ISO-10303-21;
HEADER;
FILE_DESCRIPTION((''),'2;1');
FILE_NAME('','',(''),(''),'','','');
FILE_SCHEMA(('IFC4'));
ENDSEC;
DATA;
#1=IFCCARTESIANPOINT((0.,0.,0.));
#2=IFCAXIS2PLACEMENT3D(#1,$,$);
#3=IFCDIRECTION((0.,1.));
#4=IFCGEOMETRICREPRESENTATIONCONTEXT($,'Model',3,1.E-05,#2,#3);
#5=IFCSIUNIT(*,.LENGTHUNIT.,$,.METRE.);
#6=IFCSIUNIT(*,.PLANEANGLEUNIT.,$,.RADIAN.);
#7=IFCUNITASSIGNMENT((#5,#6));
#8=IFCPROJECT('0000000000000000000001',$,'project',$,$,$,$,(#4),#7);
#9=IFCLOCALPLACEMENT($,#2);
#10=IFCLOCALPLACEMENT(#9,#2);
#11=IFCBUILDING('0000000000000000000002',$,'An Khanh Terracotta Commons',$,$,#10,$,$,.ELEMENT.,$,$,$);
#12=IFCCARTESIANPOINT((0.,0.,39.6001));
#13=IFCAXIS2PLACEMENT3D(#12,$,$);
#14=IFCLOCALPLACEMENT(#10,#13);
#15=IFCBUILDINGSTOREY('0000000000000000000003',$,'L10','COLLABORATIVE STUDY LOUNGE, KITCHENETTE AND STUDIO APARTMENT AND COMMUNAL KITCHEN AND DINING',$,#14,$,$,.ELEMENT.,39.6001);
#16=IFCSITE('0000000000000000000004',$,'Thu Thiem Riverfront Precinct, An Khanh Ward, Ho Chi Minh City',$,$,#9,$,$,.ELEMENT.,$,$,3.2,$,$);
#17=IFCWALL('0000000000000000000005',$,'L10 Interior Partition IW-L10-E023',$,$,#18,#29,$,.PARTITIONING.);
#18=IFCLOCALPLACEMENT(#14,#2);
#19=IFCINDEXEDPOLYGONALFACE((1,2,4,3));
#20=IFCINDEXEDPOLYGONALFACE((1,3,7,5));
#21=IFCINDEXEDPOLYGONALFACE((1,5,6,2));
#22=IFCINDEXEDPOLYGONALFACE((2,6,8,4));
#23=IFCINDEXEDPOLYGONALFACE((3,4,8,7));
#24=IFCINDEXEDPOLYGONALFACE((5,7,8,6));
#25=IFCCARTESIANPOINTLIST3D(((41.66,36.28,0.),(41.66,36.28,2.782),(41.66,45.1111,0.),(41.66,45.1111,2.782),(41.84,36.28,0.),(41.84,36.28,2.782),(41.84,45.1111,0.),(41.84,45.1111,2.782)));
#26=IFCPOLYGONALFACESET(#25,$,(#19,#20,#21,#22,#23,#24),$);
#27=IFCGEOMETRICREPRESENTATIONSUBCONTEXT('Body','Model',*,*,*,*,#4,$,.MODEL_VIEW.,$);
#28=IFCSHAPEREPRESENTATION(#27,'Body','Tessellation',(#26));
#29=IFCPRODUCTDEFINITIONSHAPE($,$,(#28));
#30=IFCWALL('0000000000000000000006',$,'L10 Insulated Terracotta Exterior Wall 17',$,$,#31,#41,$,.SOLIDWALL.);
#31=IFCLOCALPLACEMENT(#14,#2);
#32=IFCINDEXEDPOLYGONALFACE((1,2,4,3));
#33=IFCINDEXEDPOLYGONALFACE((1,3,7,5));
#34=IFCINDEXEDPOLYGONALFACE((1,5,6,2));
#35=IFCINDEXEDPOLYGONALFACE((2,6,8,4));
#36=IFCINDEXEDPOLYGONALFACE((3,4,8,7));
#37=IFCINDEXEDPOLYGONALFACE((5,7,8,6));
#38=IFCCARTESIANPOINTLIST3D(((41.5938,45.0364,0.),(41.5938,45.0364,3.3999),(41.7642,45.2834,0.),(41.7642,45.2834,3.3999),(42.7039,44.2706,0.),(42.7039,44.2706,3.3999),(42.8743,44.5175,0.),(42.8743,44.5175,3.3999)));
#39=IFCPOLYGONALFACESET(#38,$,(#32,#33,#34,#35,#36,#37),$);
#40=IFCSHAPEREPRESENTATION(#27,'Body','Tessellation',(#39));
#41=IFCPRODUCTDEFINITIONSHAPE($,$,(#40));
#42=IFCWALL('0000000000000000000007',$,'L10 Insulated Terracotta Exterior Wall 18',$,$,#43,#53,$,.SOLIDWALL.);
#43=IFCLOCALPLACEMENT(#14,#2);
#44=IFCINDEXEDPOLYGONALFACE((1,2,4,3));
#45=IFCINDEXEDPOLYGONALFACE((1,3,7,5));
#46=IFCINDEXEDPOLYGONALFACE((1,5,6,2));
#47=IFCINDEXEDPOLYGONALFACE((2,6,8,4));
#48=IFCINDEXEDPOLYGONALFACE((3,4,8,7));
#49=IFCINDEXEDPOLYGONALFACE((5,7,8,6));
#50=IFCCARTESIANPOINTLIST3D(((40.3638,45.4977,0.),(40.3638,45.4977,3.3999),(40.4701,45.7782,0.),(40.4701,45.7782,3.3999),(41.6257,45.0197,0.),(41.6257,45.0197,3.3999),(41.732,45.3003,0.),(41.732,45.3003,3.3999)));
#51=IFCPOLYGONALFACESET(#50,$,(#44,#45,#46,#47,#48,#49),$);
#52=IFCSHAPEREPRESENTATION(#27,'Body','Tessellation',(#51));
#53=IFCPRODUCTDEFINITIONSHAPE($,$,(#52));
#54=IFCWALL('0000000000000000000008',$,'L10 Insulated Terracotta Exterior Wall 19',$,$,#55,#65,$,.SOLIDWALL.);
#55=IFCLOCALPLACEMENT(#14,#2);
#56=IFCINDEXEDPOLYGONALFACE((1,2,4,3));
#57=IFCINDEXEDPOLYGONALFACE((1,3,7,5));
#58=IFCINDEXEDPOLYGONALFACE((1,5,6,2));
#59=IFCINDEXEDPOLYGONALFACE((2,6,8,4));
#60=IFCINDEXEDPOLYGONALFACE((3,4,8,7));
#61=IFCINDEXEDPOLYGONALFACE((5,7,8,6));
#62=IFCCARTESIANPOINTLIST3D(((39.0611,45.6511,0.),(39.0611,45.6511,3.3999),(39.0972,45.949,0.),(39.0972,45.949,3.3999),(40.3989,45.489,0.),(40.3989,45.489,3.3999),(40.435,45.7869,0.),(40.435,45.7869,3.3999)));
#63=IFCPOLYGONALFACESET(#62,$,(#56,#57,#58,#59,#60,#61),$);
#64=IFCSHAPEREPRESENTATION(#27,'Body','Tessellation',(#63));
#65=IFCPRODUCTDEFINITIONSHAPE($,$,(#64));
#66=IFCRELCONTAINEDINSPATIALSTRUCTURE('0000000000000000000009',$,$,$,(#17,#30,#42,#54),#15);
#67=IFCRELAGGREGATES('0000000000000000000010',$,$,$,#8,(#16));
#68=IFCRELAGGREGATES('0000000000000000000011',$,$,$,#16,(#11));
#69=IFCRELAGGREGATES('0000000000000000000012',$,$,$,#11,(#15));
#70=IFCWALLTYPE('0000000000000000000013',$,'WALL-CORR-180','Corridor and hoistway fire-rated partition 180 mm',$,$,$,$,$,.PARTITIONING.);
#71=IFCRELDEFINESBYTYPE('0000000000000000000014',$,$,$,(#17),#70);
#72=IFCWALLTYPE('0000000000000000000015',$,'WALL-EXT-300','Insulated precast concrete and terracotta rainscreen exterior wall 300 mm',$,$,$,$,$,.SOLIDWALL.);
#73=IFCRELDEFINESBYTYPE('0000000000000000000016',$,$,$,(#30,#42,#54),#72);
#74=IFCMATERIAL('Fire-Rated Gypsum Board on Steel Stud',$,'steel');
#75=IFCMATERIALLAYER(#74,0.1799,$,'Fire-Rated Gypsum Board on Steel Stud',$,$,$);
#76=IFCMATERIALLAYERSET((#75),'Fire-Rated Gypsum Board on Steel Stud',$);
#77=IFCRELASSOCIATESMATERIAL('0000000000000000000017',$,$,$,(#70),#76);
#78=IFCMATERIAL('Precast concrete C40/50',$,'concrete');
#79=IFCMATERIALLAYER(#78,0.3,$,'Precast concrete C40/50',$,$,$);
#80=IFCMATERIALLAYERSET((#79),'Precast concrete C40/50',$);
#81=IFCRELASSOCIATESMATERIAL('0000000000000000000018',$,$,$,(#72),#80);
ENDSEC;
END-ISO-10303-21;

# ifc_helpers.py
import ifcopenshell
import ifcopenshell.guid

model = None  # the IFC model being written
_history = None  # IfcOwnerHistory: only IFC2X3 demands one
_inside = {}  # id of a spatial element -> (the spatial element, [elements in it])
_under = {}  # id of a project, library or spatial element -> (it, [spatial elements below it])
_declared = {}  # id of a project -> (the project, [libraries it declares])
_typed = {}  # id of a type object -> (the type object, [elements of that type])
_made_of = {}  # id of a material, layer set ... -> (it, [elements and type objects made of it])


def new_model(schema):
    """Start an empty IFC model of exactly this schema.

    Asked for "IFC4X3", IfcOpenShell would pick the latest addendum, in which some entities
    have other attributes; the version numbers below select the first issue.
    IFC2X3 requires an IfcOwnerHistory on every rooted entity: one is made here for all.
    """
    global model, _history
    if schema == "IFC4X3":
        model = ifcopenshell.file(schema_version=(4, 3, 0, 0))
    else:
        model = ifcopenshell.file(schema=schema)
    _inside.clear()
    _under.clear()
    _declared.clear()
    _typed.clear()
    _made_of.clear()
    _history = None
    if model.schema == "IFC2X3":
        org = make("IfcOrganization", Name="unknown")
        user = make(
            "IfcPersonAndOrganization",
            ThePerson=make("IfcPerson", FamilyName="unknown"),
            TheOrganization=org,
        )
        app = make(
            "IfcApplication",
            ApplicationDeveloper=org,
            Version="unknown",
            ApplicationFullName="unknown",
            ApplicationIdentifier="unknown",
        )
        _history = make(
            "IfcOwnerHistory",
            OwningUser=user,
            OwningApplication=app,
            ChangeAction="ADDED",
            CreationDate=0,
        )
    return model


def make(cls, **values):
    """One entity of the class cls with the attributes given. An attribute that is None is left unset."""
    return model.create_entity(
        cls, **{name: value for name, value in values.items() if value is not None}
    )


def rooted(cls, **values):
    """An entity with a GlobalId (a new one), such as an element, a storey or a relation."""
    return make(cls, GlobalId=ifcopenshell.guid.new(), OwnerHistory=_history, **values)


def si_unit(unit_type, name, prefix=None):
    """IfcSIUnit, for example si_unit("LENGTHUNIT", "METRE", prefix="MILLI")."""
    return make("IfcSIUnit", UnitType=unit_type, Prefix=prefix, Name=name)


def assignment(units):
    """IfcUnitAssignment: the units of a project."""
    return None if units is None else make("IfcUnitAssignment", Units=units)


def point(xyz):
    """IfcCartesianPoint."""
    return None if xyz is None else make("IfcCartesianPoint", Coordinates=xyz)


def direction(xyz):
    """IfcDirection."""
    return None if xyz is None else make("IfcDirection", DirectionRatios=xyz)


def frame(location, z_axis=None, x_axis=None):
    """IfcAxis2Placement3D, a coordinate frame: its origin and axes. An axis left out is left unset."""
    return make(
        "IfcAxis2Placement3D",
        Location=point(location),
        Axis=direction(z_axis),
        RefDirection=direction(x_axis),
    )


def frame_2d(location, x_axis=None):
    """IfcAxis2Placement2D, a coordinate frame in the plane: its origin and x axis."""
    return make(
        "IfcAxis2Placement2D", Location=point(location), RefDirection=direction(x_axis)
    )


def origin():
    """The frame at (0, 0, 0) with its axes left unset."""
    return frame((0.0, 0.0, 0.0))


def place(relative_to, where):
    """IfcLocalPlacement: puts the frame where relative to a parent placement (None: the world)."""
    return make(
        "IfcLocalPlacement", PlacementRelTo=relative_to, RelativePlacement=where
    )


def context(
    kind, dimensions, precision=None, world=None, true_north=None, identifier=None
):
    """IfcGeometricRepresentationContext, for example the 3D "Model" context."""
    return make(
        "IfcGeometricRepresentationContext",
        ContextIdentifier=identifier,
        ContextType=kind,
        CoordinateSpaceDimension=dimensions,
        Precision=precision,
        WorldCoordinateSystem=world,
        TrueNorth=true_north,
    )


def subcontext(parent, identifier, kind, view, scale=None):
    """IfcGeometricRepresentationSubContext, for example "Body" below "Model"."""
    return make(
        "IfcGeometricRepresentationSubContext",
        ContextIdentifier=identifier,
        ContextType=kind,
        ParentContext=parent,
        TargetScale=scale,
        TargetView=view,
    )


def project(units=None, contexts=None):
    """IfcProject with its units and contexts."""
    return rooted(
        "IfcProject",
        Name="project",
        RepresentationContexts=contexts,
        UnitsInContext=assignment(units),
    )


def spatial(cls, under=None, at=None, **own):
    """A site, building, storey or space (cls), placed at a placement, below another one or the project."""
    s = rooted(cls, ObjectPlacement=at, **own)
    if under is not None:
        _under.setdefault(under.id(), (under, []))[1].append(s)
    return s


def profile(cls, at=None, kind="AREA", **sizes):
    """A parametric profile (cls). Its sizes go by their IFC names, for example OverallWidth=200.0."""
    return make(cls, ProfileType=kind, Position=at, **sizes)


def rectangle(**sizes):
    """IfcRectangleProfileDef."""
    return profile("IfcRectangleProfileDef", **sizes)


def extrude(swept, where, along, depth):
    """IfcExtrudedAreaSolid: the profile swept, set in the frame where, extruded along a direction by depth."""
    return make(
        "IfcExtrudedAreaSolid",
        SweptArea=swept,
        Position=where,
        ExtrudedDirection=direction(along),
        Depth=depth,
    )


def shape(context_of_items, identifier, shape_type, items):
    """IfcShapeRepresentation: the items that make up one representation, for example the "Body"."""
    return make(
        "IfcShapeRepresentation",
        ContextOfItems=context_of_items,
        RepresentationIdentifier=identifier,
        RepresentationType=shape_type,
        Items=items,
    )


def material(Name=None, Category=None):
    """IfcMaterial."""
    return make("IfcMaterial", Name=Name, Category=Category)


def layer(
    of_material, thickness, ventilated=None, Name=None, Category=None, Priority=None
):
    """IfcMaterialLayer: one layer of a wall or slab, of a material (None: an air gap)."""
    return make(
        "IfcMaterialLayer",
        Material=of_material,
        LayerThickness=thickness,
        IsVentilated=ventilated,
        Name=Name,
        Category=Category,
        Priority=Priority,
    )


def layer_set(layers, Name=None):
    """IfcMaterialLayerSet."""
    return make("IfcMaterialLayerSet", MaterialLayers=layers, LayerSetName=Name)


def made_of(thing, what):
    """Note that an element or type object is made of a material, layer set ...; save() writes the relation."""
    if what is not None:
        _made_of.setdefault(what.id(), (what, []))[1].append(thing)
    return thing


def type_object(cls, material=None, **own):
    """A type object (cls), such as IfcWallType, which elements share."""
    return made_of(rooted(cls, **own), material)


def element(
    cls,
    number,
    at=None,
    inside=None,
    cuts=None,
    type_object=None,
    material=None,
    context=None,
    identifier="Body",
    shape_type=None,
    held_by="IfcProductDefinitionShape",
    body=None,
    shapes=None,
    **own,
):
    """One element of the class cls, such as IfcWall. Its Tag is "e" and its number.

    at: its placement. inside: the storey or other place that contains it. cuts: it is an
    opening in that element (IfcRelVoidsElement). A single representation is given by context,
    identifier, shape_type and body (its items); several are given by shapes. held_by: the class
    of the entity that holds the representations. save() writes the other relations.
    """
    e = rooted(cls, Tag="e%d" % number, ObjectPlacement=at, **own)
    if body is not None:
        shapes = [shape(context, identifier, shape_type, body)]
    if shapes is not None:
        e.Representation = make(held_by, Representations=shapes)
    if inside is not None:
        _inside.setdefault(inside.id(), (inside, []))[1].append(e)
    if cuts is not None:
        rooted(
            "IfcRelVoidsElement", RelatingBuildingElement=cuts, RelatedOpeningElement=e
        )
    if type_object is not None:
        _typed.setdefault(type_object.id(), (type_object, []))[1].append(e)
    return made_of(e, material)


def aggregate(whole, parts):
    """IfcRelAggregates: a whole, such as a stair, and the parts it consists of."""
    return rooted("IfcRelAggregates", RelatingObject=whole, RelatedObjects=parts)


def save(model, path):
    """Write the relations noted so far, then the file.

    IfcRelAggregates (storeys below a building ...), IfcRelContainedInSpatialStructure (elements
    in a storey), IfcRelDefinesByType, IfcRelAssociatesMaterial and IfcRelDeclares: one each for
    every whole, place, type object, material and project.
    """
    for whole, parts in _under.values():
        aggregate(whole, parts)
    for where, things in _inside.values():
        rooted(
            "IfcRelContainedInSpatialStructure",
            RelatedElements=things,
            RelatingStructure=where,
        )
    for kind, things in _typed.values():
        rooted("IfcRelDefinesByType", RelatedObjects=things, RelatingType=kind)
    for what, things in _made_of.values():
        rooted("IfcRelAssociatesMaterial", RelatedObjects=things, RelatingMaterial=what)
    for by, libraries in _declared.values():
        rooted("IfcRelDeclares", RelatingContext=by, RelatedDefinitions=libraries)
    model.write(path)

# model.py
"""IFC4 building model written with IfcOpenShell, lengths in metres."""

from ifc_helpers import new_model, si_unit, direction, frame, frame_2d, origin, place, context, subcontext, project, spatial, rectangle, extrude, material, layer, layer_set, type_object, element, save


model = new_model("IFC4")

# Units and contexts
model_context = context("Model", 3, precision=1e-05, world=origin(), true_north=direction((0.0, 1.0)))
body_context = subcontext(model_context, "Body", "Model", "MODEL_VIEW")
ifc_project = project(units=[si_unit("LENGTHUNIT", "METRE"), si_unit("PLANEANGLEUNIT", "RADIAN")], contexts=[model_context])

# Site, building, storey
site_placement = place(None, origin())
site = spatial("IfcSite", under=ifc_project, at=site_placement, Name="Thu Thiem Riverfront Precinct, An Khanh Ward, Ho Chi Minh City", CompositionType="ELEMENT", RefElevation=3.2)
building_placement = place(site_placement, origin())
building = spatial("IfcBuilding", under=site, at=building_placement, Name="An Khanh Terracotta Commons", CompositionType="ELEMENT")
storey_placement = place(building_placement, frame((0.0, 0.0, 39.6001)))
storey = spatial("IfcBuildingStorey", under=building, at=storey_placement, Name="L10", Description="COLLABORATIVE STUDY LOUNGE, KITCHENETTE AND STUDIO APARTMENT AND COMMUNAL KITCHEN AND DINING", CompositionType="ELEMENT", Elevation=39.6001)

# Shared definitions
ifc_material_1 = material(Name="Fire-Rated Gypsum Board on Steel Stud", Category="steel")
ifc_layer_1 = layer(ifc_material_1, 0.1799, Name="Fire-Rated Gypsum Board on Steel Stud")
ifc_layer_set_1 = layer_set([ifc_layer_1], Name="Fire-Rated Gypsum Board on Steel Stud")
wall_type_1 = type_object("IfcWallType", Name="WALL-CORR-180", Description="Corridor and hoistway fire-rated partition 180 mm", PredefinedType="PARTITIONING", material=ifc_layer_set_1)

# Walls
wall_1_placement = place(storey_placement, frame((41.75, 36.28, 0.0), z_axis=(0.0, 0.0, 1.0), x_axis=(0.0, 1.0, 0.0)))
element("IfcWall", 1, at=wall_1_placement, inside=storey, type_object=wall_type_1, Name="L10 Interior Partition IW-L10-E023", PredefinedType="PARTITIONING", context=body_context, shape_type="SweptSolid", body=[
    extrude(rectangle(XDim=8.8311, YDim=0.1799, at=frame_2d((4.4155, 0.0))), origin(), (0.0, 0.0, 1.0), 2.782),
])
ifc_material_2 = material(Name="Precast concrete C40/50", Category="concrete")
ifc_layer_2 = layer(ifc_material_2, 0.3, Name="Precast concrete C40/50")
ifc_layer_set_2 = layer_set([ifc_layer_2], Name="Precast concrete C40/50")
wall_type_2 = type_object("IfcWallType", Name="WALL-EXT-300", Description="Insulated precast concrete and terracotta rainscreen exterior wall 300 mm", PredefinedType="SOLIDWALL", material=ifc_layer_set_2)
wall_2_placement = place(storey_placement, frame((42.7891, 44.394, 0.0), z_axis=(0.0, 0.0, 1.0), x_axis=(-0.823117, 0.567873, 0.0)))
element("IfcWall", 2, at=wall_2_placement, inside=storey, type_object=wall_type_2, Name="L10 Insulated Terracotta Exterior Wall 17", PredefinedType="SOLIDWALL", context=body_context, shape_type="SweptSolid", body=[
    extrude(rectangle(XDim=1.3486, YDim=0.3, at=frame_2d((0.6743, 0.0))), origin(), (0.0, 0.0, 1.0), 3.3999),
])
wall_3_placement = place(storey_placement, frame((41.679, 45.1599, 0.0), z_axis=(0.0, 0.0, 1.0), x_axis=(-0.935157, 0.354234, 0.0)))
element("IfcWall", 3, at=wall_3_placement, inside=storey, type_object=wall_type_2, Name="L10 Insulated Terracotta Exterior Wall 18", PredefinedType="SOLIDWALL", context=body_context, shape_type="SweptSolid", body=[
    extrude(rectangle(XDim=1.3494, YDim=0.3, at=frame_2d((0.6748, 0.0))), origin(), (0.0, 0.0, 1.0), 3.3999),
])
wall_4_placement = place(storey_placement, frame((40.417, 45.6379, 0.0), z_axis=(0.0, 0.0, 1.0), x_axis=(-0.992739, 0.120288, 0.0)))
element("IfcWall", 4, at=wall_4_placement, inside=storey, type_object=wall_type_2, Name="L10 Insulated Terracotta Exterior Wall 19", PredefinedType="SOLIDWALL", context=body_context, shape_type="SweptSolid", body=[
    extrude(rectangle(XDim=1.3477, YDim=0.3, at=frame_2d((0.6738, 0.0))), origin(), (0.0, 0.0, 1.0), 3.3999),
])

save(model, "model.ifc")
